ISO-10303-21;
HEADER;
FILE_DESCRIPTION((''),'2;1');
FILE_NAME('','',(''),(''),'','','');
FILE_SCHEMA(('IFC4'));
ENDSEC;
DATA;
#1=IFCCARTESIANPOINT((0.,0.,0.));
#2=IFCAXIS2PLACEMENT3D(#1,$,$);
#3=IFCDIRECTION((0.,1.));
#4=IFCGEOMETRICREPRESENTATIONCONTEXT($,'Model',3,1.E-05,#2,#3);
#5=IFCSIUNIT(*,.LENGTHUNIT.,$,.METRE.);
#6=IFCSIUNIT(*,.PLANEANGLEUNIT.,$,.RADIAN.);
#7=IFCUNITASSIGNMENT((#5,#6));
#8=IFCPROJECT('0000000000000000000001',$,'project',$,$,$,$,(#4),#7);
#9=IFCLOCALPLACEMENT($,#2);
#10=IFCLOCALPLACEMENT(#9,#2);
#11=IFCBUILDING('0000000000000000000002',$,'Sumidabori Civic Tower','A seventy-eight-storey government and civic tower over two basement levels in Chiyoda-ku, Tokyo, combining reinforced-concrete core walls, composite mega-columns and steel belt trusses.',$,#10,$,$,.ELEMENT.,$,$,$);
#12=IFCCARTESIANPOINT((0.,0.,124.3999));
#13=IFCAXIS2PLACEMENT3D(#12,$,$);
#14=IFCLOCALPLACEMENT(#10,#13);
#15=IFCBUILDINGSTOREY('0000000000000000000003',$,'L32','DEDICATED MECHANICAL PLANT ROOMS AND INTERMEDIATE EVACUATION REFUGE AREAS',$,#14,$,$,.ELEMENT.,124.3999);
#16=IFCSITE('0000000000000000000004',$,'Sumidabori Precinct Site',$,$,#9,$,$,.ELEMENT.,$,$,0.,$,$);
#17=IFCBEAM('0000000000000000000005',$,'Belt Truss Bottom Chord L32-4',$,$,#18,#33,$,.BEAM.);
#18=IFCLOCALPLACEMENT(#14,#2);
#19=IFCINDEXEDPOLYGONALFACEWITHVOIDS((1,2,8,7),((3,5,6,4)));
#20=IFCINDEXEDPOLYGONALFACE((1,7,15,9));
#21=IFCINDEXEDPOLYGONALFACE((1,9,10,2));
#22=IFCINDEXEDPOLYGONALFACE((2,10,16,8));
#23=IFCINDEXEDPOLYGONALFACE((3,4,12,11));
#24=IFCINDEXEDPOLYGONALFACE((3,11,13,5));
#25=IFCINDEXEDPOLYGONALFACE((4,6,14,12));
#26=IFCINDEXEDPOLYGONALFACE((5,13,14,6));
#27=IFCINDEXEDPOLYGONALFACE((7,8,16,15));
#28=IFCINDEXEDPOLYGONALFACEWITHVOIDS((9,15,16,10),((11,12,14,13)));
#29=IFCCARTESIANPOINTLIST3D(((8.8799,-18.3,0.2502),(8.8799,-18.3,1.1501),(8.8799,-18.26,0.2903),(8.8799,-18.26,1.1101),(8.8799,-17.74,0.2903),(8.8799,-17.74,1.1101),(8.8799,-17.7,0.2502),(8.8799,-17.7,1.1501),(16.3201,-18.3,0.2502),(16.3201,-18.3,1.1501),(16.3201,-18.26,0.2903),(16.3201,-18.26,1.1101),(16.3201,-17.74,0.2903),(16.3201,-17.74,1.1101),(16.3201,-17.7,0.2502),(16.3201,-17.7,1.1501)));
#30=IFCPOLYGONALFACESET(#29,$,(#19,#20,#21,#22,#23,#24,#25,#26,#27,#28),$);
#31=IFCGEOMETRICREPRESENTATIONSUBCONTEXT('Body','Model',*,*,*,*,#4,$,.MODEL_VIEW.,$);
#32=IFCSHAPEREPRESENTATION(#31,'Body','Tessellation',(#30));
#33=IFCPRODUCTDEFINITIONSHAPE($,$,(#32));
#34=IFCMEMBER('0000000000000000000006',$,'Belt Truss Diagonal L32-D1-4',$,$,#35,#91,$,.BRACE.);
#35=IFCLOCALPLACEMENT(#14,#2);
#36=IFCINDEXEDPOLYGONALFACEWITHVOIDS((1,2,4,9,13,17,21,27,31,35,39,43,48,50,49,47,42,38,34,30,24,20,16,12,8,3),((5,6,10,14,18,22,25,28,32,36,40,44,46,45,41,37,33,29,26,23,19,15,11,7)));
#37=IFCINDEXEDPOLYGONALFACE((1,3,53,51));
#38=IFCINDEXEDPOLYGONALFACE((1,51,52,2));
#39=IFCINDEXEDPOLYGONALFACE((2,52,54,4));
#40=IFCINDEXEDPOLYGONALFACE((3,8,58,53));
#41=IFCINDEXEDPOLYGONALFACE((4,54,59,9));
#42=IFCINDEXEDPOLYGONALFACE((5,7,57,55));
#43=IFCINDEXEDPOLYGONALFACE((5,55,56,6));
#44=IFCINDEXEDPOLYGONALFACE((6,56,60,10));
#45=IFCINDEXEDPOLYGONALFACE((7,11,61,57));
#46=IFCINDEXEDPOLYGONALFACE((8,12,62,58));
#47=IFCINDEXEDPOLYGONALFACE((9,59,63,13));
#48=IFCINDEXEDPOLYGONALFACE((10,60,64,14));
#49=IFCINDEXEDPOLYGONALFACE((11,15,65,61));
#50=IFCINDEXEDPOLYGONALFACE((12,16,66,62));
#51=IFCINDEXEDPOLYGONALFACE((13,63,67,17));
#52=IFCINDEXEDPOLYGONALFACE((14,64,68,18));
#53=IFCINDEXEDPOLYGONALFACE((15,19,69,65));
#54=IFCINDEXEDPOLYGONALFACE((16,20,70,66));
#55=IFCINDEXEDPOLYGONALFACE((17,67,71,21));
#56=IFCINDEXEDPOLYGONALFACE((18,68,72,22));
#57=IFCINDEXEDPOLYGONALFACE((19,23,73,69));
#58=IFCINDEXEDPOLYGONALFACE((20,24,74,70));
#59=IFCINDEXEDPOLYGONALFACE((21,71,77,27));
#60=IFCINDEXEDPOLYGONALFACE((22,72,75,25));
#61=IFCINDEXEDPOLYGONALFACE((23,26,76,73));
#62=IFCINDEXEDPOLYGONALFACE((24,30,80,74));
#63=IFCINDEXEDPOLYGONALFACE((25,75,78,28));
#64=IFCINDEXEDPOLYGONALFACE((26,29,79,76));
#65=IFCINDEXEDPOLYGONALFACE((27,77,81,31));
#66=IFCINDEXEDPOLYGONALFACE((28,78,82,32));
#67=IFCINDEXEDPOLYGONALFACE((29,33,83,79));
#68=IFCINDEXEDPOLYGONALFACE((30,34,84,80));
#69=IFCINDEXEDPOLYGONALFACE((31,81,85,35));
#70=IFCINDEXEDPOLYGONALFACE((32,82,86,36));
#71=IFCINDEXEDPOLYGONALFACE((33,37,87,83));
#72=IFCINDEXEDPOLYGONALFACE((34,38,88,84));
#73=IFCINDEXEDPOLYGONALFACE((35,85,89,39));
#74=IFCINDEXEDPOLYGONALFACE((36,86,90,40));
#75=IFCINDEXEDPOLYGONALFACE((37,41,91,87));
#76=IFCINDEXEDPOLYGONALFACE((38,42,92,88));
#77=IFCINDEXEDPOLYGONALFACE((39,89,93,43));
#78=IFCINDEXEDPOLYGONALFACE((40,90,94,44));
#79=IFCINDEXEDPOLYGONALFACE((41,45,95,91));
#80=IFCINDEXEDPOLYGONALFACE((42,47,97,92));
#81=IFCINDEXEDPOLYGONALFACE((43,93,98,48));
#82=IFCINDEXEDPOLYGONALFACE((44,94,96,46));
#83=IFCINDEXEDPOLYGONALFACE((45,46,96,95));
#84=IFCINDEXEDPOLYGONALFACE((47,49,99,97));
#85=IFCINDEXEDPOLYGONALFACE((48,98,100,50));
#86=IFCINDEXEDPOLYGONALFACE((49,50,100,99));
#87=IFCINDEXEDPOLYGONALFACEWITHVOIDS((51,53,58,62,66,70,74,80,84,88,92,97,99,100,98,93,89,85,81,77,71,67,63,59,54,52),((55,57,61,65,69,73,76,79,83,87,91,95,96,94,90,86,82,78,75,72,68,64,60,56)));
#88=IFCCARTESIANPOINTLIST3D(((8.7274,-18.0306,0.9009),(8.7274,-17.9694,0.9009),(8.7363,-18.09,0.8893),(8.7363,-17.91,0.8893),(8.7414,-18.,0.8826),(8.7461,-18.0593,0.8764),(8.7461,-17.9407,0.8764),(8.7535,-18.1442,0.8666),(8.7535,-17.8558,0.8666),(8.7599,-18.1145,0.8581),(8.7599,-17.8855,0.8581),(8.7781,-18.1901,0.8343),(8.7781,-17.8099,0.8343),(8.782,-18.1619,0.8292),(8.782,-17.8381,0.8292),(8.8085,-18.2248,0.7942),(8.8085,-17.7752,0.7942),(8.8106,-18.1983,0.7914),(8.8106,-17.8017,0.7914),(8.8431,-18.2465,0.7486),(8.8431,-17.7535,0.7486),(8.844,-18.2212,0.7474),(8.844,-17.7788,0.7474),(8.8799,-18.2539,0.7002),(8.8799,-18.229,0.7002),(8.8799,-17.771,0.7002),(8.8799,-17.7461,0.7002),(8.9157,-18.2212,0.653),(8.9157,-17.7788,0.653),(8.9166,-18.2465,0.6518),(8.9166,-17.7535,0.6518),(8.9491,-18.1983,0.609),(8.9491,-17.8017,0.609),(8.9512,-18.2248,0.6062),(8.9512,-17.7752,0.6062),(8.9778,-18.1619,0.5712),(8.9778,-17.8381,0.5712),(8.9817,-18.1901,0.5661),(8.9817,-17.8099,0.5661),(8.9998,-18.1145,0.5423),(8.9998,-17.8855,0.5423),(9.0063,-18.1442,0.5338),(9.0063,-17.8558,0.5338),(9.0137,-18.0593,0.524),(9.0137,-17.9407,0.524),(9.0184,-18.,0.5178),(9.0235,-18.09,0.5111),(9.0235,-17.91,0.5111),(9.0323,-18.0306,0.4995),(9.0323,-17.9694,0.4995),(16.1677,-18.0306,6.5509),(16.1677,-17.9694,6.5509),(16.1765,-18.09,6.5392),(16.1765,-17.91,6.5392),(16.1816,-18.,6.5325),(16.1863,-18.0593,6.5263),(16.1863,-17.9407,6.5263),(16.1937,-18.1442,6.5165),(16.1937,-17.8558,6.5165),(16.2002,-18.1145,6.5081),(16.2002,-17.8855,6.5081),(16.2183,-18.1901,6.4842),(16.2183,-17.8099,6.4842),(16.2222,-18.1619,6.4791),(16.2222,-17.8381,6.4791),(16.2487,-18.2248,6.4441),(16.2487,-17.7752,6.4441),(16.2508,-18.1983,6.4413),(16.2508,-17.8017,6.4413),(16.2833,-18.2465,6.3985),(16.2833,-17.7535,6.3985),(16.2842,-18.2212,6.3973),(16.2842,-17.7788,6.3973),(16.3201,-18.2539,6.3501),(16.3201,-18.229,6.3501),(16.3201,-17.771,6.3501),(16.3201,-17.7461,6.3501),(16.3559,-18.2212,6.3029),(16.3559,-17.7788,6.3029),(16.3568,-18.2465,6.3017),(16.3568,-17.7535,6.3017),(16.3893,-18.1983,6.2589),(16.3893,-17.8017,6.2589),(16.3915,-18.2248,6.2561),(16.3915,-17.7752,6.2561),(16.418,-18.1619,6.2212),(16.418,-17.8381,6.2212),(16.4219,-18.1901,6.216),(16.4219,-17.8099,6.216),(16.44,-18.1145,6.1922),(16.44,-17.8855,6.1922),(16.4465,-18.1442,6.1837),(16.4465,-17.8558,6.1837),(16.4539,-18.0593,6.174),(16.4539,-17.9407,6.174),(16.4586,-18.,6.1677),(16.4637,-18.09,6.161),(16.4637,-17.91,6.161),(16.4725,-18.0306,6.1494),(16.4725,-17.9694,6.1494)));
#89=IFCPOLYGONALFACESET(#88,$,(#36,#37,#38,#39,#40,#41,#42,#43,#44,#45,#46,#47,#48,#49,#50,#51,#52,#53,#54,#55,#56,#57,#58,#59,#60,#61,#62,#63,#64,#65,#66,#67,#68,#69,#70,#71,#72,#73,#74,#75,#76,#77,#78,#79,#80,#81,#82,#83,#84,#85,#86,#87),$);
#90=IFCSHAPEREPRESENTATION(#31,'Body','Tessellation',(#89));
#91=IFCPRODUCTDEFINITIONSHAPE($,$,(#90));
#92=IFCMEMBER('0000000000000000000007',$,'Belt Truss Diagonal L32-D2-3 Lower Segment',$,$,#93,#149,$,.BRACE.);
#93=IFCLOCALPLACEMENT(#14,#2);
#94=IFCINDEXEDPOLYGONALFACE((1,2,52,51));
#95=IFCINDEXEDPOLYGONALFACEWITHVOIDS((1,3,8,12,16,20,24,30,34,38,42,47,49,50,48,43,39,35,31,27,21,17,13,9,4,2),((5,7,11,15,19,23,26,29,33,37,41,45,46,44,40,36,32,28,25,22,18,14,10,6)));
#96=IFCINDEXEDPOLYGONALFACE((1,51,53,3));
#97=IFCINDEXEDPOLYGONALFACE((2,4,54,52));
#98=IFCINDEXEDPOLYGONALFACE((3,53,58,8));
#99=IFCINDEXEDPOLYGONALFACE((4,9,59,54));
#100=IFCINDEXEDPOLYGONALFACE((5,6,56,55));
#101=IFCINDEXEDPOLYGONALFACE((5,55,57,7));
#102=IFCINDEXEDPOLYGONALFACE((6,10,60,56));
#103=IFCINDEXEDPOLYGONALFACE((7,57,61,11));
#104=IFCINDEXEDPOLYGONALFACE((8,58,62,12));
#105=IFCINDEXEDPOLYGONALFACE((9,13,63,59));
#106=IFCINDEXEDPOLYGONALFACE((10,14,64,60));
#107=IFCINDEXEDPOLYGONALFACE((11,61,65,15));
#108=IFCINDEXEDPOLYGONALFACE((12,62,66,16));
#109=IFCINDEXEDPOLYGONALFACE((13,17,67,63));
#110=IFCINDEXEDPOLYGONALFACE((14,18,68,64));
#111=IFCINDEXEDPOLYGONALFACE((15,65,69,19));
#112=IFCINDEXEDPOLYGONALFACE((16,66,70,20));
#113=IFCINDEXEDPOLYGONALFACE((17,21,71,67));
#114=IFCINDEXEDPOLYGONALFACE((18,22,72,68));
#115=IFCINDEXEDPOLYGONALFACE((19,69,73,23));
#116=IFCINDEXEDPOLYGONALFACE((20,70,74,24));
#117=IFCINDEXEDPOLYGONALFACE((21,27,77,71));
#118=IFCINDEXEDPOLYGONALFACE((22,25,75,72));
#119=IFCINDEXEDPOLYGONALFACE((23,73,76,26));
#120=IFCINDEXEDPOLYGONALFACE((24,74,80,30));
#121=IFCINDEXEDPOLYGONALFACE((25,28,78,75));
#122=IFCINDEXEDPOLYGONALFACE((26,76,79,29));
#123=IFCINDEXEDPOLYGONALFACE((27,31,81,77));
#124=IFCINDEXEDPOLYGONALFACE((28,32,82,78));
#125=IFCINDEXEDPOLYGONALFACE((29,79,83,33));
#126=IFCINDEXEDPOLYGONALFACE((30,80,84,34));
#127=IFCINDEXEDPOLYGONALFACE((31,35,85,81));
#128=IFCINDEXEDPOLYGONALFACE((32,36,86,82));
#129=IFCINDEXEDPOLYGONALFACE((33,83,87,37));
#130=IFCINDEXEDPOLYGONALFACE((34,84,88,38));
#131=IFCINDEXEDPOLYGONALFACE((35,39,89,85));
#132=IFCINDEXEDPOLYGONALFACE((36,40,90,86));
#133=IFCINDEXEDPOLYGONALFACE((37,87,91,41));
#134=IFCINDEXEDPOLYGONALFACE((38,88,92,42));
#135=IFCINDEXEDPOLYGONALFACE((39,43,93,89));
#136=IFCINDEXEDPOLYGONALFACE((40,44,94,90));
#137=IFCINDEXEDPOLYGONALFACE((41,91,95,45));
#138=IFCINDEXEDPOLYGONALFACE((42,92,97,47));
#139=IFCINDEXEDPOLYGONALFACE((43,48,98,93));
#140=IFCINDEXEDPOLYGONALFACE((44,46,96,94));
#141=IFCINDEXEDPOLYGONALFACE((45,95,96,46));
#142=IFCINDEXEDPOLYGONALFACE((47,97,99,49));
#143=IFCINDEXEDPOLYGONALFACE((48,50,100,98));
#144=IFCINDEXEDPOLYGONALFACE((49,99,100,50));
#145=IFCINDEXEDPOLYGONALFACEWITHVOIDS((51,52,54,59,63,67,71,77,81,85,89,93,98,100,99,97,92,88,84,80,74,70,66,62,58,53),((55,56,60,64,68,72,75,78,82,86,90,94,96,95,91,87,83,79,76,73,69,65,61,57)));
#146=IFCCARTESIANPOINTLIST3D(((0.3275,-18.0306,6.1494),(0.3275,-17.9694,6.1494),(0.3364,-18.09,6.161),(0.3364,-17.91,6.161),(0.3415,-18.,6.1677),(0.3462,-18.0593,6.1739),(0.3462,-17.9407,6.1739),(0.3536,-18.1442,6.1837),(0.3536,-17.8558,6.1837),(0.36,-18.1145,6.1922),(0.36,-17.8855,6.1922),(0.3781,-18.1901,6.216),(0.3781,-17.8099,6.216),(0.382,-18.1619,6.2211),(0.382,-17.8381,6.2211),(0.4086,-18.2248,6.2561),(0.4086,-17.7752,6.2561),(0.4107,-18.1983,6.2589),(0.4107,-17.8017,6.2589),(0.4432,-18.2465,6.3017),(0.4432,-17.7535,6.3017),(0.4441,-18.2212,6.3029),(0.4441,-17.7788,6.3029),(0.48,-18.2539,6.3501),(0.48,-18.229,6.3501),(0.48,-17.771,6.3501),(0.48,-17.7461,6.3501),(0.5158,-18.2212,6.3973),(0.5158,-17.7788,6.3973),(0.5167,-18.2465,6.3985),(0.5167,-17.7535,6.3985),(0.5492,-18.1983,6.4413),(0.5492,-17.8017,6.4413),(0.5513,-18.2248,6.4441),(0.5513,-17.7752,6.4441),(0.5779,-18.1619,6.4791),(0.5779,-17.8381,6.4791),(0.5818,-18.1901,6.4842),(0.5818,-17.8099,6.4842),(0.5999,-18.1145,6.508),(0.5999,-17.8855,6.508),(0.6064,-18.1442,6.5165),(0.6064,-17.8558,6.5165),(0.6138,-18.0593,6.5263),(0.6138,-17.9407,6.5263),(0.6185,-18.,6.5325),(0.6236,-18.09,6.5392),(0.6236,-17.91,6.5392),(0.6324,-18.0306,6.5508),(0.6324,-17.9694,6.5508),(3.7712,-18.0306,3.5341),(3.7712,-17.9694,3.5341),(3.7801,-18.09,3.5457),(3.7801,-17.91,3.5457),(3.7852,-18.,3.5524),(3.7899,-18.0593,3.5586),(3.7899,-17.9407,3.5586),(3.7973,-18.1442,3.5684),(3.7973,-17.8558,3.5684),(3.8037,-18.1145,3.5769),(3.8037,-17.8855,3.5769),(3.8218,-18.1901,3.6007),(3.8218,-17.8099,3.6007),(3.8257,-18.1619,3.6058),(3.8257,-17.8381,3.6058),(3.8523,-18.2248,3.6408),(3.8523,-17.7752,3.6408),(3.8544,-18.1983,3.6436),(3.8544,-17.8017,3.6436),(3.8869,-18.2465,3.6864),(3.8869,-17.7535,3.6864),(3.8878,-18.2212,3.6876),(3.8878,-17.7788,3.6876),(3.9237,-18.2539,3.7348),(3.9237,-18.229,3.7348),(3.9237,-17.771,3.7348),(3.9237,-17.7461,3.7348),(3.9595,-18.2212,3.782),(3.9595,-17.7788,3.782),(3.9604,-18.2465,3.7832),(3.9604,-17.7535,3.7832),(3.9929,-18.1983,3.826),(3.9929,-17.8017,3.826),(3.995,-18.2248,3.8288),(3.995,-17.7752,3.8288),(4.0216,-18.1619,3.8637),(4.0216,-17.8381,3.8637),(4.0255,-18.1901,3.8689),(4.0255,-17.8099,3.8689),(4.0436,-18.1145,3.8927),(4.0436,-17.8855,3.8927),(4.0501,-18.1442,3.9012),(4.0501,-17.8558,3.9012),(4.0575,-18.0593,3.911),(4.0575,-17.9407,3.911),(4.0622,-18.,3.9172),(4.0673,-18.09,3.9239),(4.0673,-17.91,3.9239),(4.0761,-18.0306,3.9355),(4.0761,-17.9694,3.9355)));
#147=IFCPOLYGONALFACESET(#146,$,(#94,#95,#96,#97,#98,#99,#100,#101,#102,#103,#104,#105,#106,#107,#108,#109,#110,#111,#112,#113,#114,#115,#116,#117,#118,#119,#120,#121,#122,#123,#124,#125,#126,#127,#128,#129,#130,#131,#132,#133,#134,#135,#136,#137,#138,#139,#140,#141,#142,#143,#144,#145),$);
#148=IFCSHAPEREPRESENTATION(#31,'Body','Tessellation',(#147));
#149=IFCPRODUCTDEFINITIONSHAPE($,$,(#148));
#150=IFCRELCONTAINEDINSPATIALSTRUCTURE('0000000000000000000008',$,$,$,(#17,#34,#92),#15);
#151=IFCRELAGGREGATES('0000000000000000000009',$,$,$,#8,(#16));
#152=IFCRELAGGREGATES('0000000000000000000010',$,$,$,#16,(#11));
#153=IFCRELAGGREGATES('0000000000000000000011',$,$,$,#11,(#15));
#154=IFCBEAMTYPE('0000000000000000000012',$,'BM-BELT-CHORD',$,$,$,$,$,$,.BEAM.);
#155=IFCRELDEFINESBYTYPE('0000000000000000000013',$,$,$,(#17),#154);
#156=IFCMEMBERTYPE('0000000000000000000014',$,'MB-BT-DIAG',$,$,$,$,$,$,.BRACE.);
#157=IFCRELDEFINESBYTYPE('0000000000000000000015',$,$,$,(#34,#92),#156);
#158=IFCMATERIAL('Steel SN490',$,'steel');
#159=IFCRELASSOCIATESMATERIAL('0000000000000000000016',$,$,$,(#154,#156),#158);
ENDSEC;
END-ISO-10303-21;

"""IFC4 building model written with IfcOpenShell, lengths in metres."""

from ifc_helpers import new_model, si_unit, direction, frame, origin, origin_2d, place, context, subcontext, project, spatial, hollow_rectangle, hollow_circle, extrude, source, transform, mapped, material, material_profile, profile_set, type_object, element, save


model = new_model("IFC4")

# Units and contexts
model_context = context("Model", 3, precision=1e-05, world=origin(), true_north=direction((0.0, 1.0)))
body_context = subcontext(model_context, "Body", "Model", "MODEL_VIEW")
ifc_project = project(units=[si_unit("LENGTHUNIT", "METRE"), si_unit("PLANEANGLEUNIT", "RADIAN")], contexts=[model_context])

# Site, building, storey
site_placement = place(None, origin())
site = spatial("IfcSite", under=ifc_project, at=site_placement, Name="Sumidabori Precinct Site", CompositionType="ELEMENT", RefElevation=0.0)
building_placement = place(site_placement, origin())
building = spatial("IfcBuilding", under=site, at=building_placement, Name="Sumidabori Civic Tower", Description="A seventy-eight-storey government and civic tower over two basement levels in Chiyoda-ku, Tokyo, combining reinforced-concrete core walls, composite mega-columns and steel belt trusses.", CompositionType="ELEMENT")
storey_placement = place(building_placement, frame((0.0, 0.0, 124.3999)))
storey = spatial("IfcBuildingStorey", under=building, at=storey_placement, Name="L32", Description="DEDICATED MECHANICAL PLANT ROOMS AND INTERMEDIATE EVACUATION REFUGE AREAS", CompositionType="ELEMENT", Elevation=124.3999)

# Beam
ifc_material_1 = material(Name="Steel SN490", Category="steel")
ifc_material_profile_1 = material_profile(ifc_material_1, hollow_rectangle(XDim=0.6001, YDim=0.8999, WallThickness=0.04, at=origin_2d()), Name="RHS 900x600x40")
ifc_profile_set_1 = profile_set([ifc_material_profile_1], Name="Steel SN490")
beam_type_1 = type_object("IfcBeamType", Name="BM-BELT-CHORD", PredefinedType="BEAM", material=ifc_profile_set_1)
shared_shape_1 = source(origin(), body_context, "Body", "SweptSolid", [
    extrude(hollow_rectangle(XDim=0.6001, YDim=0.8999, WallThickness=0.04, at=origin_2d()), origin(), (0.0, 0.0, 1.0), 7.4402),
])
beam_1_placement = place(storey_placement, frame((8.8799, -18.0, 0.7002), z_axis=(1.0, 0.0, 0.0), x_axis=(0.0, 1.0, 0.0)))
element("IfcBeam", 1, at=beam_1_placement, inside=storey, type_object=beam_type_1, Name="Belt Truss Bottom Chord L32-4", PredefinedType="BEAM", context=body_context, shape_type="MappedRepresentation", body=[
    mapped(shared_shape_1, transform((0.0, 0.0, 0.0), x_axis=(1.0, 0.0, 0.0), y_axis=(0.0, 1.0, 0.0), z_axis=(0.0, 0.0, 1.0), scale=1.0)),
])

# Members
ifc_material_profile_2 = material_profile(ifc_material_1, hollow_circle(Radius=0.2539, WallThickness=0.0249, at=origin_2d()), Name="CHS 508x25")
ifc_profile_set_2 = profile_set([ifc_material_profile_2], Name="Steel SN490")
member_type = type_object("IfcMemberType", Name="MB-BT-DIAG", PredefinedType="BRACE", material=ifc_profile_set_2)
shared_shape_2 = source(origin(), body_context, "Body", "SweptSolid", [
    extrude(hollow_circle(Radius=0.2539, WallThickness=0.0249, at=origin_2d()), origin(), (0.0, 0.0, 1.0), 9.3423),
])
member_1_placement = place(storey_placement, frame((8.8799, -18.0, 0.7002), z_axis=(0.796401, 0.0, 0.604768), x_axis=(0.0, 1.0, 0.0)))
element("IfcMember", 2, at=member_1_placement, inside=storey, type_object=member_type, Name="Belt Truss Diagonal L32-D1-4", PredefinedType="BRACE", context=body_context, shape_type="MappedRepresentation", body=[
    mapped(shared_shape_2, transform((0.0, 0.0, 0.0), x_axis=(1.0, 0.0, 0.0), y_axis=(0.0, 1.0, 0.0), z_axis=(0.0, 0.0, 1.0), scale=1.0)),
])
shared_shape_3 = source(origin(), body_context, "Body", "SweptSolid", [
    extrude(hollow_circle(Radius=0.2539, WallThickness=0.0249, at=origin_2d()), origin(), (0.0, 0.0, 1.0), 4.3242),
])
for number, where, z_axis, x_axis, name in (
    (3, (0.48, -18.0, 6.3501), (0.796374, 0.0, -0.604804), (0.0, 1.0, 0.0), "Belt Truss Diagonal L32-D2-3 Lower Segment"),
):
    element("IfcMember", number, at=place(storey_placement, frame(where, z_axis=z_axis, x_axis=x_axis)), inside=storey, type_object=member_type, Name=name, PredefinedType="BRACE", context=body_context, shape_type="MappedRepresentation", body=[
        mapped(shared_shape_3, transform((0.0, 0.0, 0.0), x_axis=(1.0, 0.0, 0.0), y_axis=(0.0, 1.0, 0.0), z_axis=(0.0, 0.0, 1.0), scale=1.0)),
    ])

save(model, "model.ifc")
